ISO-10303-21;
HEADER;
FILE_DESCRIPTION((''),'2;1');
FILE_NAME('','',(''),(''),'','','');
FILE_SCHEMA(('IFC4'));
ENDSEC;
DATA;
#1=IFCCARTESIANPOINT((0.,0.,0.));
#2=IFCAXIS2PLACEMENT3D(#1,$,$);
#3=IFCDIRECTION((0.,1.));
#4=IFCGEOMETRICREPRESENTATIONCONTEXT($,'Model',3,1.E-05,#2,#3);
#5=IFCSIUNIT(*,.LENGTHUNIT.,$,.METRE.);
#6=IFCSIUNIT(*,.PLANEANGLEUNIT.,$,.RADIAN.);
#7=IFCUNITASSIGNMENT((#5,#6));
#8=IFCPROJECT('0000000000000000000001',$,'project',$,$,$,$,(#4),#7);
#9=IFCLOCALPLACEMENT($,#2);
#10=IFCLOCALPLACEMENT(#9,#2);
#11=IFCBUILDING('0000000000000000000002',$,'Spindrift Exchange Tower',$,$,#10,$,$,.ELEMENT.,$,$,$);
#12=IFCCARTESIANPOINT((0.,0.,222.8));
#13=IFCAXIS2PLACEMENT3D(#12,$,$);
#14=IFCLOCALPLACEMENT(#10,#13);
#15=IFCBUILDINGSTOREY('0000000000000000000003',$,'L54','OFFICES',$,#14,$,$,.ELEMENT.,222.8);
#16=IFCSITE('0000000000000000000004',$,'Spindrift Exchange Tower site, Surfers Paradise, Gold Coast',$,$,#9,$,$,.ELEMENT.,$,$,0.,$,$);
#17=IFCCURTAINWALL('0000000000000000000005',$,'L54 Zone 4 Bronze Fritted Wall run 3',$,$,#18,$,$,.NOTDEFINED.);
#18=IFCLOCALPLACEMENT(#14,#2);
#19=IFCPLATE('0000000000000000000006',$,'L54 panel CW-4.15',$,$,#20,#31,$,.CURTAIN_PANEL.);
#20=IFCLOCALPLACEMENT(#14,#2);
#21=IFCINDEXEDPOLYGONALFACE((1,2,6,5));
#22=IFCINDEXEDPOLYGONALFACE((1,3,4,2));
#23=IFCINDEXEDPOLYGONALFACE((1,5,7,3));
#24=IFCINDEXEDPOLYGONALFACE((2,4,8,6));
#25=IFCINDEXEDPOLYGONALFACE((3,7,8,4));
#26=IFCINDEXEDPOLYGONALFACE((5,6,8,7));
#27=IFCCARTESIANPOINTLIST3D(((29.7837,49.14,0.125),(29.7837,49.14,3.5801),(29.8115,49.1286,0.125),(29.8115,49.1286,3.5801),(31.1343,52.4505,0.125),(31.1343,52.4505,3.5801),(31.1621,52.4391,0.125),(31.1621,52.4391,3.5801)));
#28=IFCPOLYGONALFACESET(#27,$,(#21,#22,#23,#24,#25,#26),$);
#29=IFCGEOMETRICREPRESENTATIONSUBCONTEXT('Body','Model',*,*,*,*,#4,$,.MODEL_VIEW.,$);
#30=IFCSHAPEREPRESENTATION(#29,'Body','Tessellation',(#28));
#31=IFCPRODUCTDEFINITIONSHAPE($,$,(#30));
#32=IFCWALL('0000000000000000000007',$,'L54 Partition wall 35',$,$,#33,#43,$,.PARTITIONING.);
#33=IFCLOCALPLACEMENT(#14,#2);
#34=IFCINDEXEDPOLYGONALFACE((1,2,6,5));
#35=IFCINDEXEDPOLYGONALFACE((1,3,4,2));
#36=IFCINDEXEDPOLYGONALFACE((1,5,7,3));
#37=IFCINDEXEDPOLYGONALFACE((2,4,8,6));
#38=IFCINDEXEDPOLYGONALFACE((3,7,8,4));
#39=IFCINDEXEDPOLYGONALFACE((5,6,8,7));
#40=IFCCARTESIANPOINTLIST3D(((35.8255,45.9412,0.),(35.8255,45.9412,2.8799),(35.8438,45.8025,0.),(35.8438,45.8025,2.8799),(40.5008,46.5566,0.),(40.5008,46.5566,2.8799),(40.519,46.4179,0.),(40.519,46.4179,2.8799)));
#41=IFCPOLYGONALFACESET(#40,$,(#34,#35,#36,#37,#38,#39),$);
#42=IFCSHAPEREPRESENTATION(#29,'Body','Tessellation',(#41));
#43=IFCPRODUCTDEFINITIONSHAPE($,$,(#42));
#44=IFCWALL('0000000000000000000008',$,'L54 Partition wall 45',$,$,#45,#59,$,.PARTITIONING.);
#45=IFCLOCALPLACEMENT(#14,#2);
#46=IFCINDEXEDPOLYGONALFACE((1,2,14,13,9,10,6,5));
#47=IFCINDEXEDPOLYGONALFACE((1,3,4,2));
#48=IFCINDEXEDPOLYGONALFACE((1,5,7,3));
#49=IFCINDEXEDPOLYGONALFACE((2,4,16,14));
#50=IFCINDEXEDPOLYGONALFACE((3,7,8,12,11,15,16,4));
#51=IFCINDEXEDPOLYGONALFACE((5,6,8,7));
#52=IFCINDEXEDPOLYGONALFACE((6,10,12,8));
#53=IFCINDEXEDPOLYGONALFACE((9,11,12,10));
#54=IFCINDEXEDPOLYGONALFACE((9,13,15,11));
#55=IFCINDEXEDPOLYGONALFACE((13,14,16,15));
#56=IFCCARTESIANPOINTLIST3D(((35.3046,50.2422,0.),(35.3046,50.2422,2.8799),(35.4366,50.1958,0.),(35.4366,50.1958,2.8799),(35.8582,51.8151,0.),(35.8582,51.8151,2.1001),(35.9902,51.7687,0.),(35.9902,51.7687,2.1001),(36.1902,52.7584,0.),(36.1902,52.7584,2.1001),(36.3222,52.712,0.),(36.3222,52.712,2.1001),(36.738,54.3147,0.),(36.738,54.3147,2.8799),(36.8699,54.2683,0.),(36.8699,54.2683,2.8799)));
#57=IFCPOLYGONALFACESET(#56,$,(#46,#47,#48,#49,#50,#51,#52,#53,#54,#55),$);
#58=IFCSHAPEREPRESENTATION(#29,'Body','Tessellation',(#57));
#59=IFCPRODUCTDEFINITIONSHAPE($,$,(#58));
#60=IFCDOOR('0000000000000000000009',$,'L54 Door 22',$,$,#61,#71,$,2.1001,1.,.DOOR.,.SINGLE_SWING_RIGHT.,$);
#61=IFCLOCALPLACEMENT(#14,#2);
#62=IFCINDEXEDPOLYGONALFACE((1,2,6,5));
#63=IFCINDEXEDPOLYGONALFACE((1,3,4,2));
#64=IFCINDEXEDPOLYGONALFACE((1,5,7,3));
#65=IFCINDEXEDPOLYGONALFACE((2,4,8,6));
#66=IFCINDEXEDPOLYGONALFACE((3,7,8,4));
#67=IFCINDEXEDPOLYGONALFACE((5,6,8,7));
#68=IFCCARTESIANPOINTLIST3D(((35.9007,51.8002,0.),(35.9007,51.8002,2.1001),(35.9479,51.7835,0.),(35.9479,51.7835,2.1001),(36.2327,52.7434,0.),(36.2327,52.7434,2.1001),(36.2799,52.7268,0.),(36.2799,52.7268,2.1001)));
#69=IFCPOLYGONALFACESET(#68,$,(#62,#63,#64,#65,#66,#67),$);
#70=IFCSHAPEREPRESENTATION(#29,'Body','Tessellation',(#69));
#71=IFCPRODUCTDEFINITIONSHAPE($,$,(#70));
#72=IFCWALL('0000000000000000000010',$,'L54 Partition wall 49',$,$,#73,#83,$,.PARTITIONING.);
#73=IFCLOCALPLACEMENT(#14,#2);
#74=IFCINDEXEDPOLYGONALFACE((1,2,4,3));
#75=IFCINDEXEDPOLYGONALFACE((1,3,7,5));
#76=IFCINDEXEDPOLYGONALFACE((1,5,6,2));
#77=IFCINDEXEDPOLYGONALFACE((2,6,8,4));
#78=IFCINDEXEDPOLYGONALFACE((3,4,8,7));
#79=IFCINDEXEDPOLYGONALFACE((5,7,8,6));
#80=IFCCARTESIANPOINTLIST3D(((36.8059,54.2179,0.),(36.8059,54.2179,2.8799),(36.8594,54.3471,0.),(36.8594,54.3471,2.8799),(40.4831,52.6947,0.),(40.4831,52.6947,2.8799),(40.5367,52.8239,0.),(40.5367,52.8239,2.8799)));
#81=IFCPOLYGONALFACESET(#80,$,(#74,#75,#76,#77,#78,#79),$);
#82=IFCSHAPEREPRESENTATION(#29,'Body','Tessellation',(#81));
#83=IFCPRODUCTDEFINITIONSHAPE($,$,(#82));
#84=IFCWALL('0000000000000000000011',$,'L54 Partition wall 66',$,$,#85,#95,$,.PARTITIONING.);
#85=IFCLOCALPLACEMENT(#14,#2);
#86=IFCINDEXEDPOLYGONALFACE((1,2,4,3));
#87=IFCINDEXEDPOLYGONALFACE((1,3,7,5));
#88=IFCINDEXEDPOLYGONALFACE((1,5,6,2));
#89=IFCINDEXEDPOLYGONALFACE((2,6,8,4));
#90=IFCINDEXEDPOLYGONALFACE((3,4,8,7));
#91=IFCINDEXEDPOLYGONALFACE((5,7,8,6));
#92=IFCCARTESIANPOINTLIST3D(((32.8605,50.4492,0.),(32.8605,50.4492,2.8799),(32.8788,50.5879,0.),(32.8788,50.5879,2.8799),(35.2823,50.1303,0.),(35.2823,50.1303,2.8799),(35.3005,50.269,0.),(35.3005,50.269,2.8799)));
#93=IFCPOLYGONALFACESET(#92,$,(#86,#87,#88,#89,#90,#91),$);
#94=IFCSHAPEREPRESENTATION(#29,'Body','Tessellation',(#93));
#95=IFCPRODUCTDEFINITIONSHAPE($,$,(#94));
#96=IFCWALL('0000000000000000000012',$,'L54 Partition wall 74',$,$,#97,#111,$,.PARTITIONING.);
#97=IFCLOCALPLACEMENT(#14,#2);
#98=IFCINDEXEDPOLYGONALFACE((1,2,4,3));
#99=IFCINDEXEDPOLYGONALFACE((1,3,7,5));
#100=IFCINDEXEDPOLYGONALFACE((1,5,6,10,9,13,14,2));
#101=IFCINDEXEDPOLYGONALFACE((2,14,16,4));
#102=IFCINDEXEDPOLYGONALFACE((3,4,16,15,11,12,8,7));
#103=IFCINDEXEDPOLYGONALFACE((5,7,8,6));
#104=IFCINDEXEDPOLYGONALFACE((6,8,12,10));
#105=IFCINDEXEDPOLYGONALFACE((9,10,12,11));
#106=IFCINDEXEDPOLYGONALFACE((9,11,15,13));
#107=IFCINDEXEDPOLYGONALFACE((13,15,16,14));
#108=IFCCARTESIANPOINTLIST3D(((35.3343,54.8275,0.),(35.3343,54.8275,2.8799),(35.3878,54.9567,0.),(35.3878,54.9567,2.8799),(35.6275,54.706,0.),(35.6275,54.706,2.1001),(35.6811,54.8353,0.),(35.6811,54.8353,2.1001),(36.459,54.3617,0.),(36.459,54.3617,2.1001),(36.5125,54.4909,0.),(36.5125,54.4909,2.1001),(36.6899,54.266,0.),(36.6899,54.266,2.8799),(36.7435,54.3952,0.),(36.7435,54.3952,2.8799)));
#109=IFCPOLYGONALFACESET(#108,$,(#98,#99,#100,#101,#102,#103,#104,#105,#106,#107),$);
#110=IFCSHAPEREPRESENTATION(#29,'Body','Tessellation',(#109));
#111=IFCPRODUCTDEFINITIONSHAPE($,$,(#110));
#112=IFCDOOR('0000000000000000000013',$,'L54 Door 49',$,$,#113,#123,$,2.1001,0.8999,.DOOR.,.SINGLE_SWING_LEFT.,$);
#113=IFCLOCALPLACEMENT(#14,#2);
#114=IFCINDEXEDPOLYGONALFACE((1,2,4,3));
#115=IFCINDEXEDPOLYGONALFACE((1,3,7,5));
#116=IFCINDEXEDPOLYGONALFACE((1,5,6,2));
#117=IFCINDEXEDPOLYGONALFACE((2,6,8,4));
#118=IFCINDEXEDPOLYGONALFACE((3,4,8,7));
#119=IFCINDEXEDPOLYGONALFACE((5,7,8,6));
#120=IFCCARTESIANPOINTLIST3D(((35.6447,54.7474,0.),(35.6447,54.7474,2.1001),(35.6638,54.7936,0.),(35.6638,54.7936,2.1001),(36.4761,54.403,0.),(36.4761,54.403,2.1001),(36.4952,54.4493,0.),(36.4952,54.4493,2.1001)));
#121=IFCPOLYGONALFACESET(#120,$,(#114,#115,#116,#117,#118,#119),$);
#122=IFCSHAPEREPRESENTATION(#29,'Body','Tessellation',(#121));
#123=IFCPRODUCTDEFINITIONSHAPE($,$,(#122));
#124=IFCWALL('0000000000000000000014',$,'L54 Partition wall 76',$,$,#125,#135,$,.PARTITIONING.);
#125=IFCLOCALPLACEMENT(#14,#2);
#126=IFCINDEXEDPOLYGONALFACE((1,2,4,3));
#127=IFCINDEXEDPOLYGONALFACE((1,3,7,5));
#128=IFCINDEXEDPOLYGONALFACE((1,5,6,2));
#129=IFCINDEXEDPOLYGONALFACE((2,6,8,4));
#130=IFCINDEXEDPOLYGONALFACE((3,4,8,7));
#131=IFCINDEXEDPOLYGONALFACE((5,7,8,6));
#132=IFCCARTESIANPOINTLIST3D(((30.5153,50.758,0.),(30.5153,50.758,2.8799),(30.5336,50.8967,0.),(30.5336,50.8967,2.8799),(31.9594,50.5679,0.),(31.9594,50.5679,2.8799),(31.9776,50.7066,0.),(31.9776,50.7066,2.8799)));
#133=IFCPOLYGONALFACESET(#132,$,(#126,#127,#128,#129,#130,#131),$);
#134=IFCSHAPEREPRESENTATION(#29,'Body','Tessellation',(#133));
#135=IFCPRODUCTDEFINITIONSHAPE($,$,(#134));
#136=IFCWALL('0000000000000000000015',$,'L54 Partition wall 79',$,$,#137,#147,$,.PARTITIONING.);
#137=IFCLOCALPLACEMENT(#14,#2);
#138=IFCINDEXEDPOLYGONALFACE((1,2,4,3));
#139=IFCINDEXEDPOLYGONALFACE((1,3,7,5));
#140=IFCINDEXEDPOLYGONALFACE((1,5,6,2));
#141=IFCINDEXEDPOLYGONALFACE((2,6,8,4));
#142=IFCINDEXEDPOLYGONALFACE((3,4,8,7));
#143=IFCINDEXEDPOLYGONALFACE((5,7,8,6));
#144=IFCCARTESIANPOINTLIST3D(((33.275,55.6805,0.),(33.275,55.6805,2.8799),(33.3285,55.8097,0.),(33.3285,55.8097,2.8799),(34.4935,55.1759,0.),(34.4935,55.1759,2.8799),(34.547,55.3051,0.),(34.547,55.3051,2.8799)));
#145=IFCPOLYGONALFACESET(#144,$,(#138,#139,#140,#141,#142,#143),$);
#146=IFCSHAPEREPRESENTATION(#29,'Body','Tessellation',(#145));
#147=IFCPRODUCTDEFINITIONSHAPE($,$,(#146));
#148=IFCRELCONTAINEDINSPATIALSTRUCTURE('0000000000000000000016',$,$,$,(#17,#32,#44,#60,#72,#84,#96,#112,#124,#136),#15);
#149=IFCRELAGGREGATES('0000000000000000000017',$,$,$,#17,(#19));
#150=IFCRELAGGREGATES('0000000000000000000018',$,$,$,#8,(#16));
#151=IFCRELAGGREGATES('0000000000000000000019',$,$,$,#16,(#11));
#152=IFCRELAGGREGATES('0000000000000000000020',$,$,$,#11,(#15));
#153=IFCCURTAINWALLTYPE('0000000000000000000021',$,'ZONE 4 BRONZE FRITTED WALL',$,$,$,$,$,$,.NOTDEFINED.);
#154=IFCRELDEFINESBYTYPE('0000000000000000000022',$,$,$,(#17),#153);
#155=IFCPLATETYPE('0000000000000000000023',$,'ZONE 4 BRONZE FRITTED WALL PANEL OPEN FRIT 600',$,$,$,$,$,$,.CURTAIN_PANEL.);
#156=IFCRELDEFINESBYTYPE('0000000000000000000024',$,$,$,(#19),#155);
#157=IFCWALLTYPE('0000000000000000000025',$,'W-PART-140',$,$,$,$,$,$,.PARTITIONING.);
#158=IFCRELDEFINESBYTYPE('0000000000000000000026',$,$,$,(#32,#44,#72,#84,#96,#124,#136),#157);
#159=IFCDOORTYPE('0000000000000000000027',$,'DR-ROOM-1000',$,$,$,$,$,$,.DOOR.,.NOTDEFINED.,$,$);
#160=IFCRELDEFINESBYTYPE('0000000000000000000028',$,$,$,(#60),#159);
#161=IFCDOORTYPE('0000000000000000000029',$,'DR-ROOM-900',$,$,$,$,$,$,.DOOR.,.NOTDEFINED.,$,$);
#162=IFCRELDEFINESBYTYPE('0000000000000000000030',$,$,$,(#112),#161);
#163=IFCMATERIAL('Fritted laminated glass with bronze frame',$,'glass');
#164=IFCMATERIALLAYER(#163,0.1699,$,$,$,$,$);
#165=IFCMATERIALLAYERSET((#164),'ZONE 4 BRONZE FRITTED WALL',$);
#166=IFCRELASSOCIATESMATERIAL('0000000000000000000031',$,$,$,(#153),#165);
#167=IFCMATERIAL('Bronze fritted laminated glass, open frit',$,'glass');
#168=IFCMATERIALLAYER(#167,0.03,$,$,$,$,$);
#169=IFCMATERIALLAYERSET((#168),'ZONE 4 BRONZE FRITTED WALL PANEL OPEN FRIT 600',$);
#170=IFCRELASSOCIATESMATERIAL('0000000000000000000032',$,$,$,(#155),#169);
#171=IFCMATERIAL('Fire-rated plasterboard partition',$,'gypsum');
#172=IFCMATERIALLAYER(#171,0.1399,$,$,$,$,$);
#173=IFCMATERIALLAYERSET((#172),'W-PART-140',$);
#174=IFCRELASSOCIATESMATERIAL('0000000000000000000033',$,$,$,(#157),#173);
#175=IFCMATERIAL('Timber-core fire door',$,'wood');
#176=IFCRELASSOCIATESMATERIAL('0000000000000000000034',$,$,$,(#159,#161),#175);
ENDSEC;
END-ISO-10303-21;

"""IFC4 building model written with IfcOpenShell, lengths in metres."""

from ifc_helpers import new_model, si_unit, direction, frame, frame_2d, origin, origin_2d, place, context, subcontext, project, spatial, rectangle, extrude, source, transform, mapped, material, layer, layer_set, type_object, element, fill, aggregate, save


model = new_model("IFC4")

# Units and contexts
model_context = context("Model", 3, precision=1e-05, world=origin(), true_north=direction((0.0, 1.0)))
body_context = subcontext(model_context, "Body", "Model", "MODEL_VIEW")
ifc_project = project(units=[si_unit("LENGTHUNIT", "METRE"), si_unit("PLANEANGLEUNIT", "RADIAN")], contexts=[model_context])

# Site, building, storey
site_placement = place(None, origin())
site = spatial("IfcSite", under=ifc_project, at=site_placement, Name="Spindrift Exchange Tower site, Surfers Paradise, Gold Coast", CompositionType="ELEMENT", RefElevation=0.0)
building_placement = place(site_placement, origin())
building = spatial("IfcBuilding", under=site, at=building_placement, Name="Spindrift Exchange Tower", CompositionType="ELEMENT")
storey_placement = place(building_placement, frame((0.0, 0.0, 222.8)))
storey = spatial("IfcBuildingStorey", under=building, at=storey_placement, Name="L54", Description="OFFICES", CompositionType="ELEMENT", Elevation=222.8)

# Curtain wall, plate
ifc_material_1 = material(Name="Fritted laminated glass with bronze frame", Category="glass")
ifc_layer_1 = layer(ifc_material_1, 0.1699)
ifc_layer_set_1 = layer_set([ifc_layer_1], Name="ZONE 4 BRONZE FRITTED WALL")
curtain_wall_type = type_object("IfcCurtainWallType", Name="ZONE 4 BRONZE FRITTED WALL", PredefinedType="NOTDEFINED", material=ifc_layer_set_1)
curtain_wall_placement = place(storey_placement, origin())
curtain_wall = element("IfcCurtainWall", 1, at=curtain_wall_placement, inside=storey, type_object=curtain_wall_type, Name="L54 Zone 4 Bronze Fritted Wall run 3", PredefinedType="NOTDEFINED")
ifc_material_2 = material(Name="Bronze fritted laminated glass, open frit", Category="glass")
ifc_layer_2 = layer(ifc_material_2, 0.03)
ifc_layer_set_2 = layer_set([ifc_layer_2], Name="ZONE 4 BRONZE FRITTED WALL PANEL OPEN FRIT 600")
plate_type_1 = type_object("IfcPlateType", Name="ZONE 4 BRONZE FRITTED WALL PANEL OPEN FRIT 600", PredefinedType="CURTAIN_PANEL", material=ifc_layer_set_2)
shared_shape_1 = source(origin(), body_context, "Body", "SweptSolid", [
    extrude(rectangle(XDim=3.5754, YDim=0.03, at=origin_2d()), origin(), (0.0, 0.0, 1.0), 3.4551),
])
plate_1_placement = place(storey_placement, frame((30.4729, 50.7896, 0.125), z_axis=(0.0, 0.0, 1.0), x_axis=(-0.377747, -0.925909, 0.0)))
plate_1 = element("IfcPlate", 2, at=plate_1_placement, type_object=plate_type_1, Name="L54 panel CW-4.15", PredefinedType="CURTAIN_PANEL", context=body_context, shape_type="MappedRepresentation", body=[
    mapped(shared_shape_1, transform((0.0, 0.0, 0.0), scale=1.0)),
])
aggregate(curtain_wall, [plate_1])

# Wall
ifc_material_3 = material(Name="Fire-rated plasterboard partition", Category="gypsum")
ifc_layer_3 = layer(ifc_material_3, 0.1399)
ifc_layer_set_3 = layer_set([ifc_layer_3], Name="W-PART-140")
wall_type = type_object("IfcWallType", Name="W-PART-140", PredefinedType="PARTITIONING", material=ifc_layer_set_3)
wall_1_placement = place(storey_placement, frame((40.51, 46.4873, 0.0), z_axis=(0.0, 0.0, 1.0), x_axis=(-0.991446, -0.130519, 0.0)))
element("IfcWall", 3, at=wall_1_placement, inside=storey, type_object=wall_type, Name="L54 Partition wall 35", PredefinedType="PARTITIONING", context=body_context, shape_type="SweptSolid", body=[
    extrude(rectangle(XDim=4.7156, YDim=0.1399, at=frame_2d((2.3579, 0.0))), origin(), (0.0, 0.0, 1.0), 2.8799),
])

# Wall, opening, door
wall_2_placement = place(storey_placement, frame((35.3706, 50.219, 0.0), z_axis=(0.0, 0.0, 1.0), x_axis=(0.331995, 0.943281, 0.0)))
wall_2 = element("IfcWall", 4, at=wall_2_placement, inside=storey, type_object=wall_type, Name="L54 Partition wall 45", PredefinedType="PARTITIONING", context=body_context, shape_type="SweptSolid", body=[
    extrude(rectangle(XDim=4.3174, YDim=0.1399, at=frame_2d((2.1587, 0.0))), origin(), (0.0, 0.0, 1.0), 2.8799),
])
opening_1_placement = place(wall_2_placement, frame((1.6675, 0.0, 0.0)))
opening_1 = element("IfcOpeningElement", 5, at=opening_1_placement, cuts=wall_2, PredefinedType="OPENING", context=body_context, shape_type="SweptSolid", body=[
    extrude(rectangle(XDim=1.0, YDim=2.1001, at=frame_2d((0.5, 1.05))), frame((0.0, 0.0798, 0.0), z_axis=(0.0, -1.0, 0.0), x_axis=(1.0, 0.0, 0.0)), (0.0, 0.0, 1.0), 0.1599),
])
ifc_material_4 = material(Name="Timber-core fire door", Category="wood")
door_type_1 = type_object("IfcDoorType", Name="DR-ROOM-1000", OperationType="NOTDEFINED", PredefinedType="DOOR", material=ifc_material_4)
shared_shape_2 = source(origin(), body_context, "Body", "SweptSolid", [
    extrude(rectangle(XDim=1.0, YDim=2.1001, at=frame_2d((0.5, 1.05))), frame((0.0, 0.0249, 0.0), z_axis=(0.0, -1.0, 0.0), x_axis=(1.0, 0.0, 0.0)), (0.0, 0.0, 1.0), 0.05),
])
door_1_placement = place(opening_1_placement, origin())
door_1 = element("IfcDoor", 6, at=door_1_placement, inside=storey, type_object=door_type_1, Name="L54 Door 22", OperationType="SINGLE_SWING_RIGHT", OverallHeight=2.1001, OverallWidth=1.0, PredefinedType="DOOR", context=body_context, shape_type="MappedRepresentation", body=[
    mapped(shared_shape_2, transform((0.0, 0.0, 0.0), scale=1.0)),
])
fill(opening_1, door_1)

# Walls
wall_3_placement = place(storey_placement, frame((40.51, 52.7593, 0.0), z_axis=(0.0, 0.0, 1.0), x_axis=(-0.923877, 0.382689, 0.0)))
element("IfcWall", 7, at=wall_3_placement, inside=storey, type_object=wall_type, Name="L54 Partition wall 49", PredefinedType="PARTITIONING", context=body_context, shape_type="SweptSolid", body=[
    extrude(rectangle(XDim=3.9802, YDim=0.1399, at=frame_2d((1.9902, 0.0))), origin(), (0.0, 0.0, 1.0), 2.8799),
])
wall_4_placement = place(storey_placement, frame((35.2913, 50.1997, 0.0), z_axis=(0.0, 0.0, 1.0), x_axis=(-0.991443, 0.13054, 0.0)))
element("IfcWall", 8, at=wall_4_placement, inside=storey, type_object=wall_type, Name="L54 Partition wall 66", PredefinedType="PARTITIONING", context=body_context, shape_type="SweptSolid", body=[
    extrude(rectangle(XDim=2.4426, YDim=0.1399, at=frame_2d((1.2212, 0.0))), origin(), (0.0, 0.0, 1.0), 2.8799),
])

# Wall, opening, door
wall_5_placement = place(storey_placement, frame((35.3611, 54.8921, 0.0), z_axis=(0.0, 0.0, 1.0), x_axis=(0.923887, -0.382665, 0.0)))
wall_5 = element("IfcWall", 9, at=wall_5_placement, inside=storey, type_object=wall_type, Name="L54 Partition wall 74", PredefinedType="PARTITIONING", context=body_context, shape_type="SweptSolid", body=[
    extrude(rectangle(XDim=1.4673, YDim=0.1399, at=frame_2d((0.7336, 0.0))), origin(), (0.0, 0.0, 1.0), 2.8799),
])
opening_2_placement = place(wall_5_placement, frame((0.3174, 0.0, 0.0)))
opening_2 = element("IfcOpeningElement", 10, at=opening_2_placement, cuts=wall_5, PredefinedType="OPENING", context=body_context, shape_type="SweptSolid", body=[
    extrude(rectangle(XDim=0.8999, YDim=2.1001, at=frame_2d((0.45, 1.05))), frame((0.0, 0.0798, 0.0), z_axis=(0.0, -1.0, 0.0), x_axis=(1.0, 0.0, 0.0)), (0.0, 0.0, 1.0), 0.1599),
])
door_type_2 = type_object("IfcDoorType", Name="DR-ROOM-900", OperationType="NOTDEFINED", PredefinedType="DOOR", material=ifc_material_4)
shared_shape_3 = source(origin(), body_context, "Body", "SweptSolid", [
    extrude(rectangle(XDim=0.8999, YDim=2.1001, at=frame_2d((0.45, 1.05))), frame((0.0, 0.0249, 0.0), z_axis=(0.0, -1.0, 0.0), x_axis=(1.0, 0.0, 0.0)), (0.0, 0.0, 1.0), 0.05),
])
door_2_placement = place(opening_2_placement, origin())
door_2 = element("IfcDoor", 11, at=door_2_placement, inside=storey, type_object=door_type_2, Name="L54 Door 49", OperationType="SINGLE_SWING_LEFT", OverallHeight=2.1001, OverallWidth=0.8999, PredefinedType="DOOR", context=body_context, shape_type="MappedRepresentation", body=[
    mapped(shared_shape_3, transform((0.0, 0.0, 0.0), scale=1.0)),
])
fill(opening_2, door_2)

# Walls
wall_6_placement = place(storey_placement, frame((31.9685, 50.6372, 0.0), z_axis=(0.0, 0.0, 1.0), x_axis=(-0.991439, 0.130572, 0.0)))
element("IfcWall", 12, at=wall_6_placement, inside=storey, type_object=wall_type, Name="L54 Partition wall 76", PredefinedType="PARTITIONING", context=body_context, shape_type="SweptSolid", body=[
    extrude(rectangle(XDim=1.4565, YDim=0.1399, at=frame_2d((0.7283, 0.0))), origin(), (0.0, 0.0, 1.0), 2.8799),
])
wall_7_placement = place(storey_placement, frame((34.5203, 55.2405, 0.0), z_axis=(0.0, 0.0, 1.0), x_axis=(-0.923902, 0.38263, 0.0)))
element("IfcWall", 13, at=wall_7_placement, inside=storey, type_object=wall_type, Name="L54 Partition wall 79", PredefinedType="PARTITIONING", context=body_context, shape_type="SweptSolid", body=[
    extrude(rectangle(XDim=1.3188, YDim=0.1399, at=frame_2d((0.6594, 0.0))), origin(), (0.0, 0.0, 1.0), 2.8799),
])

save(model, "model.ifc")
